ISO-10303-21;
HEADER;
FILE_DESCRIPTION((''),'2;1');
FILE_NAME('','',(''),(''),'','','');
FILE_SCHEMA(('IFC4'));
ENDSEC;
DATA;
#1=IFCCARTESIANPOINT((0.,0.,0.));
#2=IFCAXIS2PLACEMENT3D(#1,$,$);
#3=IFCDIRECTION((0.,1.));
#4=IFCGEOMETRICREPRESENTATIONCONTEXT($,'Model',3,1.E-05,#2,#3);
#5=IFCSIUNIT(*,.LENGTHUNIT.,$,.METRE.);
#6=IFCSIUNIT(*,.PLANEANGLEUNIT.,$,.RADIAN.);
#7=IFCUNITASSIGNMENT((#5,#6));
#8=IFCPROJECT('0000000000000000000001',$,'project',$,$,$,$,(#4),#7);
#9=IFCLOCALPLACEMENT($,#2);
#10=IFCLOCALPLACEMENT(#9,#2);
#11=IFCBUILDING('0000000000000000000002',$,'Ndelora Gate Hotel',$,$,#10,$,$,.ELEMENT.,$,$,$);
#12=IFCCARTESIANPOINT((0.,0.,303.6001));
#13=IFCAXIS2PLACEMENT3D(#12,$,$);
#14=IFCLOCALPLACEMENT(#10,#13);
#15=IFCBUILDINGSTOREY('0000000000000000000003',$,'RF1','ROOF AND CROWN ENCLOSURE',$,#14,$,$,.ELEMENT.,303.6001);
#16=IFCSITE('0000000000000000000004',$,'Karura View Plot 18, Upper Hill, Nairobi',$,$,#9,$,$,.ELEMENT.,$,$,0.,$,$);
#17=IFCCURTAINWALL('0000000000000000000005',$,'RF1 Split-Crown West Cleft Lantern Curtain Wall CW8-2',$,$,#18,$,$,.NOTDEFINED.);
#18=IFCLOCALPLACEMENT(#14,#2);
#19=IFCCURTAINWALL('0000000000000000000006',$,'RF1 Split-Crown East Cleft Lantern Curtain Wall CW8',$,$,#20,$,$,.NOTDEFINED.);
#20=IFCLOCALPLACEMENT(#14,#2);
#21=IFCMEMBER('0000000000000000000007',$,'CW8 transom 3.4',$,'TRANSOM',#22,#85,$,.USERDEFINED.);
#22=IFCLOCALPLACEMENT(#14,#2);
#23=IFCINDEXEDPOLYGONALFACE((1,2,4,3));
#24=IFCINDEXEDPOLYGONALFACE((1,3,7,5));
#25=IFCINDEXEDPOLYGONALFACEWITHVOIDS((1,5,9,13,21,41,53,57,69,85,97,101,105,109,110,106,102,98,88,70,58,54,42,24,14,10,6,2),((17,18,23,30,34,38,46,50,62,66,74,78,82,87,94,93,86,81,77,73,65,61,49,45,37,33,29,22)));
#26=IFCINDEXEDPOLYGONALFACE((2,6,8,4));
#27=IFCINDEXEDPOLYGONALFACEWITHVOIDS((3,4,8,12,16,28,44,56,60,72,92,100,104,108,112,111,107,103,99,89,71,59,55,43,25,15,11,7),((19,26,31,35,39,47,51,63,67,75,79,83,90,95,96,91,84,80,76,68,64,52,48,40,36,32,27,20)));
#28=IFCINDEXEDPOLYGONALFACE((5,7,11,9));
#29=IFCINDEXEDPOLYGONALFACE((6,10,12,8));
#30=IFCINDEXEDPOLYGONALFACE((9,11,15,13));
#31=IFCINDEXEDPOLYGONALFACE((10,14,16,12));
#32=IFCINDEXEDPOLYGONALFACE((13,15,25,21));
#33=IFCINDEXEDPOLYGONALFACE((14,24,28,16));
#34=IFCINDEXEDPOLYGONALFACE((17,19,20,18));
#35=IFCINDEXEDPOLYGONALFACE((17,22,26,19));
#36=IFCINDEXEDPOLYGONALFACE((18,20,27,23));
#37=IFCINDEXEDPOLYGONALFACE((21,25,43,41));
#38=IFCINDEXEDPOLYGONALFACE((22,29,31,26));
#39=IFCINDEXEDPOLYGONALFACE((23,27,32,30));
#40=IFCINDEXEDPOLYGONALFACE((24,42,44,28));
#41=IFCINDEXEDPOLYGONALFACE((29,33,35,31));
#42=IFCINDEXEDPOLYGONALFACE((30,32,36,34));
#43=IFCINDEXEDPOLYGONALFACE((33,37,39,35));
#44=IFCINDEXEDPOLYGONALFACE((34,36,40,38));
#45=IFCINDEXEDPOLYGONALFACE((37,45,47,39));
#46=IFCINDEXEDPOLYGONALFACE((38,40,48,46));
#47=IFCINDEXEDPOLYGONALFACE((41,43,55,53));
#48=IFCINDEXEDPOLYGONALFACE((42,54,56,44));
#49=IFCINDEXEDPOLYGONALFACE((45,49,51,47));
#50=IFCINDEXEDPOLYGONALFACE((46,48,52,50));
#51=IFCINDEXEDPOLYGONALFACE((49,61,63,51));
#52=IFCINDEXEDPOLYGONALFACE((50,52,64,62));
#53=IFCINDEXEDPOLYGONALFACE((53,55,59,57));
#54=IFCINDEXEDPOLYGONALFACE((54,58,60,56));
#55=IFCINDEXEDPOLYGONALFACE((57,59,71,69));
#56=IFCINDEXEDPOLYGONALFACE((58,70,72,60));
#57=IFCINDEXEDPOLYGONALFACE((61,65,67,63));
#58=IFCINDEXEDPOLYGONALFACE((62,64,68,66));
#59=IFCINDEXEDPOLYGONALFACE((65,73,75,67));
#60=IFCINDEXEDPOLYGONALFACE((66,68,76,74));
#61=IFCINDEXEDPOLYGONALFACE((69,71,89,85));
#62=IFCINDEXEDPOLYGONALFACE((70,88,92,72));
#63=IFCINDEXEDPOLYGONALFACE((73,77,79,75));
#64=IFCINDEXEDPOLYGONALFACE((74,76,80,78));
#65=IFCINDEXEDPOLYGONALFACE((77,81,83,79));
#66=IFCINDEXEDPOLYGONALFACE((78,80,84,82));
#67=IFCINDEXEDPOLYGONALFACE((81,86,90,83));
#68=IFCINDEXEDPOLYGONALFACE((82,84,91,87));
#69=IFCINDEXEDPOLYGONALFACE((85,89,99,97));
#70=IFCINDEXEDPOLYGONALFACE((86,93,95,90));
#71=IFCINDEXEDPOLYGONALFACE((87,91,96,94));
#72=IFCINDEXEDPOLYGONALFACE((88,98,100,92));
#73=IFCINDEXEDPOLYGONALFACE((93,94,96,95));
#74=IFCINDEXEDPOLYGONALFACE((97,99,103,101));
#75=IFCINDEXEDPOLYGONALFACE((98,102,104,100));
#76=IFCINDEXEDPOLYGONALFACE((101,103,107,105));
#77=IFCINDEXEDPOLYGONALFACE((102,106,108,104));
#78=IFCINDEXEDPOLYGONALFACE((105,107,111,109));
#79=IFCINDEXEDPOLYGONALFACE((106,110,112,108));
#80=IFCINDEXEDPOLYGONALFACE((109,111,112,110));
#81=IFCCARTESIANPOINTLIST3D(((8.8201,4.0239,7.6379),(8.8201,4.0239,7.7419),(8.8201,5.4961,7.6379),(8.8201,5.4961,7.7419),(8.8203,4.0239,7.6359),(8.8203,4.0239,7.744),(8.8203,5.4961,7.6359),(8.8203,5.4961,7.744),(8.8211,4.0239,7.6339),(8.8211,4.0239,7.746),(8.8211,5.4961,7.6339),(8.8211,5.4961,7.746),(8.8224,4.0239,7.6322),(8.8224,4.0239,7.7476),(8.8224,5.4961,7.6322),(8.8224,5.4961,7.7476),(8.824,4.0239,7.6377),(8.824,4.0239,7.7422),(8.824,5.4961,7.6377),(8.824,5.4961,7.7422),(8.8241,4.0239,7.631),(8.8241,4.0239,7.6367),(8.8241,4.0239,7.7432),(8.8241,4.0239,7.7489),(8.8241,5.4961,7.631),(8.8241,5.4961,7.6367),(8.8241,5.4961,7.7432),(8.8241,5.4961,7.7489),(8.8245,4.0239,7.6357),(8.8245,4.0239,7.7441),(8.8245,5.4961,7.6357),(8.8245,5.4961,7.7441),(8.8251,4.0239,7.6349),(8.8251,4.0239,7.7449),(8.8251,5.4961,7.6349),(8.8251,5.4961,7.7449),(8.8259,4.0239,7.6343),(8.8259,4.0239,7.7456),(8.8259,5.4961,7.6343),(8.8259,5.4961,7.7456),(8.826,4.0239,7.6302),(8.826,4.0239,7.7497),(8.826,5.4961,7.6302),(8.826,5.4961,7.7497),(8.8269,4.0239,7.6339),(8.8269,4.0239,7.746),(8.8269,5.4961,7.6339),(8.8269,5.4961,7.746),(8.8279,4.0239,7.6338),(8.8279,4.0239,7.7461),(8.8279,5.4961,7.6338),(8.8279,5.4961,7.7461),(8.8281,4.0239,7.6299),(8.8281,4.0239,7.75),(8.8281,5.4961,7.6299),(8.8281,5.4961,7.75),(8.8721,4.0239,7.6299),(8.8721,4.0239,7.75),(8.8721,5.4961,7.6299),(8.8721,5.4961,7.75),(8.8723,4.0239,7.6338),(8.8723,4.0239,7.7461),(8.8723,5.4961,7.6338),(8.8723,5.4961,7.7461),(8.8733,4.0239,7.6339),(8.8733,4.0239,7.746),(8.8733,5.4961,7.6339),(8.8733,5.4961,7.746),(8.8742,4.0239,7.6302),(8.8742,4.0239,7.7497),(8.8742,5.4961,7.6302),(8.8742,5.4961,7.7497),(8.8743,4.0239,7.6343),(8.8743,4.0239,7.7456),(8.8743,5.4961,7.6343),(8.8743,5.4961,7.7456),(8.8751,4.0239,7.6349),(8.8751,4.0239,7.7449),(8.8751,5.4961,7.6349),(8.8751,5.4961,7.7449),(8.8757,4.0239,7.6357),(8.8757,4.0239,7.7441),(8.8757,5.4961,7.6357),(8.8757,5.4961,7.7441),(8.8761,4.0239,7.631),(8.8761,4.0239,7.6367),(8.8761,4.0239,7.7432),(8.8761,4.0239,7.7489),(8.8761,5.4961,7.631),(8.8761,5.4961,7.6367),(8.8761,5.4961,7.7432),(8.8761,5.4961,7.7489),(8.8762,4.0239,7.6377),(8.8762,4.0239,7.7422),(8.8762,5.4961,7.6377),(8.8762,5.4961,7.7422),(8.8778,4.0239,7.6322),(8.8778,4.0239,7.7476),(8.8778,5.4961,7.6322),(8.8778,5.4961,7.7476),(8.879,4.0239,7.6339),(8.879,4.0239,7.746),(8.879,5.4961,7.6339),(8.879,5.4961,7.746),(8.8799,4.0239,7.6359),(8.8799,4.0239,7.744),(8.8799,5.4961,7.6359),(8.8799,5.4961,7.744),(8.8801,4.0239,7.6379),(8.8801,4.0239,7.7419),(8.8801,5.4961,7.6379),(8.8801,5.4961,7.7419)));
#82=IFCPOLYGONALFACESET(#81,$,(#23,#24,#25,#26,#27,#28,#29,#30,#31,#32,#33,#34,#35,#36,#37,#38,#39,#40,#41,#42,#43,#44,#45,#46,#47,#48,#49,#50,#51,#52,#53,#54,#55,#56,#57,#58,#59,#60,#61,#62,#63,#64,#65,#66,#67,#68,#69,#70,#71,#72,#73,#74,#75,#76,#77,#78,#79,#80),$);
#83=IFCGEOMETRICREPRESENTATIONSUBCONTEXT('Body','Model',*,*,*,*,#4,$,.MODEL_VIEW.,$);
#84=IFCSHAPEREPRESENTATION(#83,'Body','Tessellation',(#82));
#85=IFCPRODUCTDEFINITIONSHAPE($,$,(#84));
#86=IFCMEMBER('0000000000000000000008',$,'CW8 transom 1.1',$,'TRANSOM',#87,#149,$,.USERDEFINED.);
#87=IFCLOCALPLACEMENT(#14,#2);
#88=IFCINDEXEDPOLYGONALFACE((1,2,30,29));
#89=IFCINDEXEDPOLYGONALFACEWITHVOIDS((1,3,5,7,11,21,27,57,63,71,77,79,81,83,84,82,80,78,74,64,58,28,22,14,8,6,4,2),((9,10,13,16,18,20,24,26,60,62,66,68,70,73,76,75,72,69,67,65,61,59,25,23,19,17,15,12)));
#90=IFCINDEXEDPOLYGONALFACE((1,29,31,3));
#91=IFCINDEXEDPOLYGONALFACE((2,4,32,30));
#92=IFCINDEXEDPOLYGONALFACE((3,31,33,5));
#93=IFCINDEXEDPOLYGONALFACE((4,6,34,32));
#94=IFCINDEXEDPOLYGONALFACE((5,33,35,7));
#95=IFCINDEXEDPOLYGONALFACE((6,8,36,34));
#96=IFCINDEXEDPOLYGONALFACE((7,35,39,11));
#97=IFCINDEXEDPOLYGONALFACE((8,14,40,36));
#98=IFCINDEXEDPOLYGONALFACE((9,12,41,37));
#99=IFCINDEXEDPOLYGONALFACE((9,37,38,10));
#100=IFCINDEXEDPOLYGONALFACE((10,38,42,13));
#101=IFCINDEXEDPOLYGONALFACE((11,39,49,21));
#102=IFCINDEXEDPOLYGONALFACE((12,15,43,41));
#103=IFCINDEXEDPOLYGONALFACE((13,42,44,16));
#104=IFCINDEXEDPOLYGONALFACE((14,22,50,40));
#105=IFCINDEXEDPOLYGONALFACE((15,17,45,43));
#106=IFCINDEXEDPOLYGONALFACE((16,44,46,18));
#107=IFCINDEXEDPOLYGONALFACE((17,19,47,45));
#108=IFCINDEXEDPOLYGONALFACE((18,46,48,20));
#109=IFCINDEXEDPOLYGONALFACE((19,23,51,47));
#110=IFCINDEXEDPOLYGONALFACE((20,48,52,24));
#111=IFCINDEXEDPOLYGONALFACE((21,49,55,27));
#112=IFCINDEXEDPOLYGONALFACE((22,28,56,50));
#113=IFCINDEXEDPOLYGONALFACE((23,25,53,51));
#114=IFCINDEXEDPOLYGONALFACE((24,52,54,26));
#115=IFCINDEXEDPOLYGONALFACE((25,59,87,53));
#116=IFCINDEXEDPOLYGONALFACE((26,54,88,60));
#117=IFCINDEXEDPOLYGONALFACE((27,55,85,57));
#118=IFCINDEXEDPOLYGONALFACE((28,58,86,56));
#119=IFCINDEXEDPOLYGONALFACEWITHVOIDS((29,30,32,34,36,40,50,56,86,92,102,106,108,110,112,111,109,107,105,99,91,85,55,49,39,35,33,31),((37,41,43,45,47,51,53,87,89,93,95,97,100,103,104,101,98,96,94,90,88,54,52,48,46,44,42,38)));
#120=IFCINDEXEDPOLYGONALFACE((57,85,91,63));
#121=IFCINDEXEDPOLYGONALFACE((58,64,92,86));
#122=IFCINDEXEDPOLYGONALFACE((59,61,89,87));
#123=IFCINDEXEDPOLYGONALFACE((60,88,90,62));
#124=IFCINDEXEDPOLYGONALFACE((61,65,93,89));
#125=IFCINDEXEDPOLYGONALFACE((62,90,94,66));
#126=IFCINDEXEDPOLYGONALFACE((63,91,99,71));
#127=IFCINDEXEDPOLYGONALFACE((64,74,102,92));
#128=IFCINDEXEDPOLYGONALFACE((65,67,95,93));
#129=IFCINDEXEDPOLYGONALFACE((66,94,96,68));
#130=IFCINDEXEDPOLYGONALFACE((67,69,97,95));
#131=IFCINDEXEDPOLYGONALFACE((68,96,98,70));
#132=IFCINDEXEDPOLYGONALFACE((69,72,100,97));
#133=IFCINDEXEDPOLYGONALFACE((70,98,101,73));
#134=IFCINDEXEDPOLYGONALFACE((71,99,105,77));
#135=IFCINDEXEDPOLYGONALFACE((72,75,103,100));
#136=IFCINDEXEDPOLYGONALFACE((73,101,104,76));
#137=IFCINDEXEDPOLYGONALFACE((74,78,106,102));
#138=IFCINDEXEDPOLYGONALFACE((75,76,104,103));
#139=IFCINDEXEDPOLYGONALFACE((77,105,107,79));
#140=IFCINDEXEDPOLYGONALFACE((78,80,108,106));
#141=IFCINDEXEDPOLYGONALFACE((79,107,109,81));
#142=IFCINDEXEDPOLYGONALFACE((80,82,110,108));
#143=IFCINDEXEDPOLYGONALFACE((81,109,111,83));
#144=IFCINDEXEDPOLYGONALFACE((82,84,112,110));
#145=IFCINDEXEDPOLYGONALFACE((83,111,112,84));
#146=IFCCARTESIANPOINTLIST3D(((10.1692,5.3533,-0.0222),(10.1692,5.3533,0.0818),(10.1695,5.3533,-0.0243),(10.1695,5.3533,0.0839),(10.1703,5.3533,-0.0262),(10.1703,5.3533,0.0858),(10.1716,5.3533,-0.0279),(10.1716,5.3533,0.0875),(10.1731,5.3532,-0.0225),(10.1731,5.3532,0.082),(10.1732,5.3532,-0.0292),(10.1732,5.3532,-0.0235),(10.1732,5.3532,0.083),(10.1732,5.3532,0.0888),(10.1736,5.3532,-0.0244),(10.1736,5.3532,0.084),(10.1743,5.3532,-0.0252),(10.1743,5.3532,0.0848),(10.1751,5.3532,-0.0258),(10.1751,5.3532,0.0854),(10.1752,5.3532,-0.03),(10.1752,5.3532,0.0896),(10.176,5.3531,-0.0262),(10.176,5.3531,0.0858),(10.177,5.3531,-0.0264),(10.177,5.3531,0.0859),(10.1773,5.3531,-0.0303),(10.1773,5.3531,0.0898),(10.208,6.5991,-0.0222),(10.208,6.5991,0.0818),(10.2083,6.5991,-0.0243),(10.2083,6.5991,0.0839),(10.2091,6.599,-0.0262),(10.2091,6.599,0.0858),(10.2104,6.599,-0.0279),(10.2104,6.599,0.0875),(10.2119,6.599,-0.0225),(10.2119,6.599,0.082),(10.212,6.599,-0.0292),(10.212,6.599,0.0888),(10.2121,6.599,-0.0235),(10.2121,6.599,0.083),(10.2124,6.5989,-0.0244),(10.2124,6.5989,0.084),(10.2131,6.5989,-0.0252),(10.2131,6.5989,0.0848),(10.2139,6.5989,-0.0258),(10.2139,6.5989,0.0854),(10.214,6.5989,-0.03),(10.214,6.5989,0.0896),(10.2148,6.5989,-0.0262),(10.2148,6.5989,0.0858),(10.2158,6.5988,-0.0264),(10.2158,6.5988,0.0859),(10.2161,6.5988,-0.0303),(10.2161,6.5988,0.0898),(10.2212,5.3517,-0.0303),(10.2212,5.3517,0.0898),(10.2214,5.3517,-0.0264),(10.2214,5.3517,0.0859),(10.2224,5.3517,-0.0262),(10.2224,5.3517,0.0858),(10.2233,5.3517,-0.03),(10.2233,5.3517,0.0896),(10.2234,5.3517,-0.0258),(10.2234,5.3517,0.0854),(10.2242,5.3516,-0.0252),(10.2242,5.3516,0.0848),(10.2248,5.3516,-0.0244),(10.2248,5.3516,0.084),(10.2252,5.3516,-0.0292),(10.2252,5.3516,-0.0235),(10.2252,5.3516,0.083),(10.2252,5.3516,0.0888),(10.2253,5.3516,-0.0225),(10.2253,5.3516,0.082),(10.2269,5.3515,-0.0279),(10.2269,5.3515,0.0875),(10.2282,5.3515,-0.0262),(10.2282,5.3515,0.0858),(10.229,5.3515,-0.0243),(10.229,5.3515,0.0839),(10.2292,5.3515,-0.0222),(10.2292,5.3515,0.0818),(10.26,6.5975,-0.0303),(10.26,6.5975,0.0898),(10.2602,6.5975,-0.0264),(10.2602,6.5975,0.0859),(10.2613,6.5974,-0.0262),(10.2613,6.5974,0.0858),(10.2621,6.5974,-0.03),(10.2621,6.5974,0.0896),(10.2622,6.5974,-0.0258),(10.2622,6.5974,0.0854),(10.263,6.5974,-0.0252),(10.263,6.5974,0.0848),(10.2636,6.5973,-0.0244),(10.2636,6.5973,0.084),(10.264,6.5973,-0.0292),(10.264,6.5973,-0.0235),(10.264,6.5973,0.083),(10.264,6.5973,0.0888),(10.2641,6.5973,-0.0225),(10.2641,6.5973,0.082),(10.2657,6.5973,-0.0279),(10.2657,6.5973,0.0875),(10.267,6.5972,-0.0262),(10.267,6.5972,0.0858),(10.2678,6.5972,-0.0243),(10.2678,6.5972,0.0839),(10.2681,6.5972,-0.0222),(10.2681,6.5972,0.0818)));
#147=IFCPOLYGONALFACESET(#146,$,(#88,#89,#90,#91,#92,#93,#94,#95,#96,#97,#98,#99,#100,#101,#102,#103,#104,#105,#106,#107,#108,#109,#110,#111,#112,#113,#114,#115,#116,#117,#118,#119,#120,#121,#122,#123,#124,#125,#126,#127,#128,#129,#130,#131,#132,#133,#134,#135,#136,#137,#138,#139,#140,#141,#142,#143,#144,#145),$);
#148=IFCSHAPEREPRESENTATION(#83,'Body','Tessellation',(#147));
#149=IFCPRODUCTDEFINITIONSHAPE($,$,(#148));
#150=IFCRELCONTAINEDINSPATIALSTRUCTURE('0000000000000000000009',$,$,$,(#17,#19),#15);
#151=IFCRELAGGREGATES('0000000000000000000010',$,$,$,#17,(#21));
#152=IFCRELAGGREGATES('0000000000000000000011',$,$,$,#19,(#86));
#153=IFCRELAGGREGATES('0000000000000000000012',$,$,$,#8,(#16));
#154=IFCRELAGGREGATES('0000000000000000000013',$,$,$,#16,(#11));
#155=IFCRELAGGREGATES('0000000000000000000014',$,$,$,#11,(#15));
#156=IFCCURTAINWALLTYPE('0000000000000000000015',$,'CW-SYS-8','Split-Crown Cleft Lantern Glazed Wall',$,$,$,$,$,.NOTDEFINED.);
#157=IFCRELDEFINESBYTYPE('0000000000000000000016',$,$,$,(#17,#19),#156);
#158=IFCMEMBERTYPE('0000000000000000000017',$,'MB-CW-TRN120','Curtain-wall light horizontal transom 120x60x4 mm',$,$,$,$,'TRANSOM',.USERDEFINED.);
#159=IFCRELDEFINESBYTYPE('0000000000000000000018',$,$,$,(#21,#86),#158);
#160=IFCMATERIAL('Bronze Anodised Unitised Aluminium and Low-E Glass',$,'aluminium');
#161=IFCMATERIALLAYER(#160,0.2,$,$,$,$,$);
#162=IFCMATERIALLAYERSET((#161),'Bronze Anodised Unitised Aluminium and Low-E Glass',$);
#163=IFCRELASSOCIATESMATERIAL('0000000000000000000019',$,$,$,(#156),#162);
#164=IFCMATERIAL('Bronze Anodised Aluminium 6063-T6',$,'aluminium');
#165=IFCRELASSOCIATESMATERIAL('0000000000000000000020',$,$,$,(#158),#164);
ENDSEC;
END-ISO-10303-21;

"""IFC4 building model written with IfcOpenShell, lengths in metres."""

from ifc_helpers import new_model, si_unit, direction, frame, origin, origin_2d, place, context, subcontext, project, spatial, hollow_rectangle, extrude, material, layer, layer_set, material_profile, profile_set, type_object, element, aggregate, save


model = new_model("IFC4")

# Units and contexts
model_context = context("Model", 3, precision=1e-05, world=origin(), true_north=direction((0.0, 1.0)))
body_context = subcontext(model_context, "Body", "Model", "MODEL_VIEW")
ifc_project = project(units=[si_unit("LENGTHUNIT", "METRE"), si_unit("PLANEANGLEUNIT", "RADIAN")], contexts=[model_context])

# Site, building, storey
site_placement = place(None, origin())
site = spatial("IfcSite", under=ifc_project, at=site_placement, Name="Karura View Plot 18, Upper Hill, Nairobi", CompositionType="ELEMENT", RefElevation=0.0)
building_placement = place(site_placement, origin())
building = spatial("IfcBuilding", under=site, at=building_placement, Name="Ndelora Gate Hotel", CompositionType="ELEMENT")
storey_placement = place(building_placement, frame((0.0, 0.0, 303.6001)))
storey = spatial("IfcBuildingStorey", under=building, at=storey_placement, Name="RF1", Description="ROOF AND CROWN ENCLOSURE", CompositionType="ELEMENT", Elevation=303.6001)

# Curtain walls
ifc_material_1 = material(Name="Bronze Anodised Unitised Aluminium and Low-E Glass", Category="aluminium")
ifc_layer_1 = layer(ifc_material_1, 0.2)
ifc_layer_set_1 = layer_set([ifc_layer_1], Name="Bronze Anodised Unitised Aluminium and Low-E Glass")
curtain_wall_type = type_object("IfcCurtainWallType", Name="CW-SYS-8", Description="Split-Crown Cleft Lantern Glazed Wall", PredefinedType="NOTDEFINED", material=ifc_layer_set_1)
curtain_wall_1_placement = place(storey_placement, origin())
curtain_wall_1 = element("IfcCurtainWall", 1, at=curtain_wall_1_placement, inside=storey, type_object=curtain_wall_type, Name="RF1 Split-Crown West Cleft Lantern Curtain Wall CW8-2", PredefinedType="NOTDEFINED")
ifc_material_2 = material(Name="Bronze Anodised Aluminium 6063-T6", Category="aluminium")
curtain_wall_2_placement = place(storey_placement, origin())
curtain_wall_2 = element("IfcCurtainWall", 2, at=curtain_wall_2_placement, inside=storey, type_object=curtain_wall_type, Name="RF1 Split-Crown East Cleft Lantern Curtain Wall CW8", PredefinedType="NOTDEFINED")

# Members
ifc_material_profile_1 = material_profile(ifc_material_2, hollow_rectangle(XDim=0.0601, YDim=0.1201, WallThickness=0.0039, InnerFilletRadius=0.0039, OuterFilletRadius=0.0081, at=origin_2d()), Name="ALU 120x60x4")
ifc_profile_set_1 = profile_set([ifc_material_profile_1], Name="Bronze Anodised Aluminium 6063-T6")
member_type_1 = type_object("IfcMemberType", Name="MB-CW-TRN120", Description="Curtain-wall light horizontal transom 120x60x4 mm", ElementType="TRANSOM", PredefinedType="USERDEFINED", material=ifc_profile_set_1)
member_1_placement = place(storey_placement, frame((8.8501, 4.0239, 7.6899), z_axis=(0.0, 1.0, 0.0), x_axis=(-1.0, 0.0, 0.0)))
member_1 = element("IfcMember", 3, at=member_1_placement, type_object=member_type_1, Name="CW8 transom 3.4", ObjectType="TRANSOM", PredefinedType="USERDEFINED", context=body_context, shape_type="SweptSolid", body=[
    extrude(hollow_rectangle(XDim=0.0601, YDim=0.1201, WallThickness=0.0039, InnerFilletRadius=0.0039, OuterFilletRadius=0.0081, at=origin_2d()), origin(), (0.0, 0.0, 1.0), 1.4722),
])
member_2_placement = place(storey_placement, frame((10.238, 6.5981, 0.0298), z_axis=(-0.031143, -0.999515, 0.0), x_axis=(0.999515, -0.031143, 0.0)))
member_2 = element("IfcMember", 4, at=member_2_placement, type_object=member_type_1, Name="CW8 transom 1.1", ObjectType="TRANSOM", PredefinedType="USERDEFINED", context=body_context, shape_type="SweptSolid", body=[
    extrude(hollow_rectangle(XDim=0.0601, YDim=0.1201, WallThickness=0.0039, InnerFilletRadius=0.0039, OuterFilletRadius=0.0081, at=origin_2d()), origin(), (0.0, 0.0, 1.0), 1.2463),
])

aggregate(curtain_wall_1, [member_1])
aggregate(curtain_wall_2, [member_2])

save(model, "model.ifc")
